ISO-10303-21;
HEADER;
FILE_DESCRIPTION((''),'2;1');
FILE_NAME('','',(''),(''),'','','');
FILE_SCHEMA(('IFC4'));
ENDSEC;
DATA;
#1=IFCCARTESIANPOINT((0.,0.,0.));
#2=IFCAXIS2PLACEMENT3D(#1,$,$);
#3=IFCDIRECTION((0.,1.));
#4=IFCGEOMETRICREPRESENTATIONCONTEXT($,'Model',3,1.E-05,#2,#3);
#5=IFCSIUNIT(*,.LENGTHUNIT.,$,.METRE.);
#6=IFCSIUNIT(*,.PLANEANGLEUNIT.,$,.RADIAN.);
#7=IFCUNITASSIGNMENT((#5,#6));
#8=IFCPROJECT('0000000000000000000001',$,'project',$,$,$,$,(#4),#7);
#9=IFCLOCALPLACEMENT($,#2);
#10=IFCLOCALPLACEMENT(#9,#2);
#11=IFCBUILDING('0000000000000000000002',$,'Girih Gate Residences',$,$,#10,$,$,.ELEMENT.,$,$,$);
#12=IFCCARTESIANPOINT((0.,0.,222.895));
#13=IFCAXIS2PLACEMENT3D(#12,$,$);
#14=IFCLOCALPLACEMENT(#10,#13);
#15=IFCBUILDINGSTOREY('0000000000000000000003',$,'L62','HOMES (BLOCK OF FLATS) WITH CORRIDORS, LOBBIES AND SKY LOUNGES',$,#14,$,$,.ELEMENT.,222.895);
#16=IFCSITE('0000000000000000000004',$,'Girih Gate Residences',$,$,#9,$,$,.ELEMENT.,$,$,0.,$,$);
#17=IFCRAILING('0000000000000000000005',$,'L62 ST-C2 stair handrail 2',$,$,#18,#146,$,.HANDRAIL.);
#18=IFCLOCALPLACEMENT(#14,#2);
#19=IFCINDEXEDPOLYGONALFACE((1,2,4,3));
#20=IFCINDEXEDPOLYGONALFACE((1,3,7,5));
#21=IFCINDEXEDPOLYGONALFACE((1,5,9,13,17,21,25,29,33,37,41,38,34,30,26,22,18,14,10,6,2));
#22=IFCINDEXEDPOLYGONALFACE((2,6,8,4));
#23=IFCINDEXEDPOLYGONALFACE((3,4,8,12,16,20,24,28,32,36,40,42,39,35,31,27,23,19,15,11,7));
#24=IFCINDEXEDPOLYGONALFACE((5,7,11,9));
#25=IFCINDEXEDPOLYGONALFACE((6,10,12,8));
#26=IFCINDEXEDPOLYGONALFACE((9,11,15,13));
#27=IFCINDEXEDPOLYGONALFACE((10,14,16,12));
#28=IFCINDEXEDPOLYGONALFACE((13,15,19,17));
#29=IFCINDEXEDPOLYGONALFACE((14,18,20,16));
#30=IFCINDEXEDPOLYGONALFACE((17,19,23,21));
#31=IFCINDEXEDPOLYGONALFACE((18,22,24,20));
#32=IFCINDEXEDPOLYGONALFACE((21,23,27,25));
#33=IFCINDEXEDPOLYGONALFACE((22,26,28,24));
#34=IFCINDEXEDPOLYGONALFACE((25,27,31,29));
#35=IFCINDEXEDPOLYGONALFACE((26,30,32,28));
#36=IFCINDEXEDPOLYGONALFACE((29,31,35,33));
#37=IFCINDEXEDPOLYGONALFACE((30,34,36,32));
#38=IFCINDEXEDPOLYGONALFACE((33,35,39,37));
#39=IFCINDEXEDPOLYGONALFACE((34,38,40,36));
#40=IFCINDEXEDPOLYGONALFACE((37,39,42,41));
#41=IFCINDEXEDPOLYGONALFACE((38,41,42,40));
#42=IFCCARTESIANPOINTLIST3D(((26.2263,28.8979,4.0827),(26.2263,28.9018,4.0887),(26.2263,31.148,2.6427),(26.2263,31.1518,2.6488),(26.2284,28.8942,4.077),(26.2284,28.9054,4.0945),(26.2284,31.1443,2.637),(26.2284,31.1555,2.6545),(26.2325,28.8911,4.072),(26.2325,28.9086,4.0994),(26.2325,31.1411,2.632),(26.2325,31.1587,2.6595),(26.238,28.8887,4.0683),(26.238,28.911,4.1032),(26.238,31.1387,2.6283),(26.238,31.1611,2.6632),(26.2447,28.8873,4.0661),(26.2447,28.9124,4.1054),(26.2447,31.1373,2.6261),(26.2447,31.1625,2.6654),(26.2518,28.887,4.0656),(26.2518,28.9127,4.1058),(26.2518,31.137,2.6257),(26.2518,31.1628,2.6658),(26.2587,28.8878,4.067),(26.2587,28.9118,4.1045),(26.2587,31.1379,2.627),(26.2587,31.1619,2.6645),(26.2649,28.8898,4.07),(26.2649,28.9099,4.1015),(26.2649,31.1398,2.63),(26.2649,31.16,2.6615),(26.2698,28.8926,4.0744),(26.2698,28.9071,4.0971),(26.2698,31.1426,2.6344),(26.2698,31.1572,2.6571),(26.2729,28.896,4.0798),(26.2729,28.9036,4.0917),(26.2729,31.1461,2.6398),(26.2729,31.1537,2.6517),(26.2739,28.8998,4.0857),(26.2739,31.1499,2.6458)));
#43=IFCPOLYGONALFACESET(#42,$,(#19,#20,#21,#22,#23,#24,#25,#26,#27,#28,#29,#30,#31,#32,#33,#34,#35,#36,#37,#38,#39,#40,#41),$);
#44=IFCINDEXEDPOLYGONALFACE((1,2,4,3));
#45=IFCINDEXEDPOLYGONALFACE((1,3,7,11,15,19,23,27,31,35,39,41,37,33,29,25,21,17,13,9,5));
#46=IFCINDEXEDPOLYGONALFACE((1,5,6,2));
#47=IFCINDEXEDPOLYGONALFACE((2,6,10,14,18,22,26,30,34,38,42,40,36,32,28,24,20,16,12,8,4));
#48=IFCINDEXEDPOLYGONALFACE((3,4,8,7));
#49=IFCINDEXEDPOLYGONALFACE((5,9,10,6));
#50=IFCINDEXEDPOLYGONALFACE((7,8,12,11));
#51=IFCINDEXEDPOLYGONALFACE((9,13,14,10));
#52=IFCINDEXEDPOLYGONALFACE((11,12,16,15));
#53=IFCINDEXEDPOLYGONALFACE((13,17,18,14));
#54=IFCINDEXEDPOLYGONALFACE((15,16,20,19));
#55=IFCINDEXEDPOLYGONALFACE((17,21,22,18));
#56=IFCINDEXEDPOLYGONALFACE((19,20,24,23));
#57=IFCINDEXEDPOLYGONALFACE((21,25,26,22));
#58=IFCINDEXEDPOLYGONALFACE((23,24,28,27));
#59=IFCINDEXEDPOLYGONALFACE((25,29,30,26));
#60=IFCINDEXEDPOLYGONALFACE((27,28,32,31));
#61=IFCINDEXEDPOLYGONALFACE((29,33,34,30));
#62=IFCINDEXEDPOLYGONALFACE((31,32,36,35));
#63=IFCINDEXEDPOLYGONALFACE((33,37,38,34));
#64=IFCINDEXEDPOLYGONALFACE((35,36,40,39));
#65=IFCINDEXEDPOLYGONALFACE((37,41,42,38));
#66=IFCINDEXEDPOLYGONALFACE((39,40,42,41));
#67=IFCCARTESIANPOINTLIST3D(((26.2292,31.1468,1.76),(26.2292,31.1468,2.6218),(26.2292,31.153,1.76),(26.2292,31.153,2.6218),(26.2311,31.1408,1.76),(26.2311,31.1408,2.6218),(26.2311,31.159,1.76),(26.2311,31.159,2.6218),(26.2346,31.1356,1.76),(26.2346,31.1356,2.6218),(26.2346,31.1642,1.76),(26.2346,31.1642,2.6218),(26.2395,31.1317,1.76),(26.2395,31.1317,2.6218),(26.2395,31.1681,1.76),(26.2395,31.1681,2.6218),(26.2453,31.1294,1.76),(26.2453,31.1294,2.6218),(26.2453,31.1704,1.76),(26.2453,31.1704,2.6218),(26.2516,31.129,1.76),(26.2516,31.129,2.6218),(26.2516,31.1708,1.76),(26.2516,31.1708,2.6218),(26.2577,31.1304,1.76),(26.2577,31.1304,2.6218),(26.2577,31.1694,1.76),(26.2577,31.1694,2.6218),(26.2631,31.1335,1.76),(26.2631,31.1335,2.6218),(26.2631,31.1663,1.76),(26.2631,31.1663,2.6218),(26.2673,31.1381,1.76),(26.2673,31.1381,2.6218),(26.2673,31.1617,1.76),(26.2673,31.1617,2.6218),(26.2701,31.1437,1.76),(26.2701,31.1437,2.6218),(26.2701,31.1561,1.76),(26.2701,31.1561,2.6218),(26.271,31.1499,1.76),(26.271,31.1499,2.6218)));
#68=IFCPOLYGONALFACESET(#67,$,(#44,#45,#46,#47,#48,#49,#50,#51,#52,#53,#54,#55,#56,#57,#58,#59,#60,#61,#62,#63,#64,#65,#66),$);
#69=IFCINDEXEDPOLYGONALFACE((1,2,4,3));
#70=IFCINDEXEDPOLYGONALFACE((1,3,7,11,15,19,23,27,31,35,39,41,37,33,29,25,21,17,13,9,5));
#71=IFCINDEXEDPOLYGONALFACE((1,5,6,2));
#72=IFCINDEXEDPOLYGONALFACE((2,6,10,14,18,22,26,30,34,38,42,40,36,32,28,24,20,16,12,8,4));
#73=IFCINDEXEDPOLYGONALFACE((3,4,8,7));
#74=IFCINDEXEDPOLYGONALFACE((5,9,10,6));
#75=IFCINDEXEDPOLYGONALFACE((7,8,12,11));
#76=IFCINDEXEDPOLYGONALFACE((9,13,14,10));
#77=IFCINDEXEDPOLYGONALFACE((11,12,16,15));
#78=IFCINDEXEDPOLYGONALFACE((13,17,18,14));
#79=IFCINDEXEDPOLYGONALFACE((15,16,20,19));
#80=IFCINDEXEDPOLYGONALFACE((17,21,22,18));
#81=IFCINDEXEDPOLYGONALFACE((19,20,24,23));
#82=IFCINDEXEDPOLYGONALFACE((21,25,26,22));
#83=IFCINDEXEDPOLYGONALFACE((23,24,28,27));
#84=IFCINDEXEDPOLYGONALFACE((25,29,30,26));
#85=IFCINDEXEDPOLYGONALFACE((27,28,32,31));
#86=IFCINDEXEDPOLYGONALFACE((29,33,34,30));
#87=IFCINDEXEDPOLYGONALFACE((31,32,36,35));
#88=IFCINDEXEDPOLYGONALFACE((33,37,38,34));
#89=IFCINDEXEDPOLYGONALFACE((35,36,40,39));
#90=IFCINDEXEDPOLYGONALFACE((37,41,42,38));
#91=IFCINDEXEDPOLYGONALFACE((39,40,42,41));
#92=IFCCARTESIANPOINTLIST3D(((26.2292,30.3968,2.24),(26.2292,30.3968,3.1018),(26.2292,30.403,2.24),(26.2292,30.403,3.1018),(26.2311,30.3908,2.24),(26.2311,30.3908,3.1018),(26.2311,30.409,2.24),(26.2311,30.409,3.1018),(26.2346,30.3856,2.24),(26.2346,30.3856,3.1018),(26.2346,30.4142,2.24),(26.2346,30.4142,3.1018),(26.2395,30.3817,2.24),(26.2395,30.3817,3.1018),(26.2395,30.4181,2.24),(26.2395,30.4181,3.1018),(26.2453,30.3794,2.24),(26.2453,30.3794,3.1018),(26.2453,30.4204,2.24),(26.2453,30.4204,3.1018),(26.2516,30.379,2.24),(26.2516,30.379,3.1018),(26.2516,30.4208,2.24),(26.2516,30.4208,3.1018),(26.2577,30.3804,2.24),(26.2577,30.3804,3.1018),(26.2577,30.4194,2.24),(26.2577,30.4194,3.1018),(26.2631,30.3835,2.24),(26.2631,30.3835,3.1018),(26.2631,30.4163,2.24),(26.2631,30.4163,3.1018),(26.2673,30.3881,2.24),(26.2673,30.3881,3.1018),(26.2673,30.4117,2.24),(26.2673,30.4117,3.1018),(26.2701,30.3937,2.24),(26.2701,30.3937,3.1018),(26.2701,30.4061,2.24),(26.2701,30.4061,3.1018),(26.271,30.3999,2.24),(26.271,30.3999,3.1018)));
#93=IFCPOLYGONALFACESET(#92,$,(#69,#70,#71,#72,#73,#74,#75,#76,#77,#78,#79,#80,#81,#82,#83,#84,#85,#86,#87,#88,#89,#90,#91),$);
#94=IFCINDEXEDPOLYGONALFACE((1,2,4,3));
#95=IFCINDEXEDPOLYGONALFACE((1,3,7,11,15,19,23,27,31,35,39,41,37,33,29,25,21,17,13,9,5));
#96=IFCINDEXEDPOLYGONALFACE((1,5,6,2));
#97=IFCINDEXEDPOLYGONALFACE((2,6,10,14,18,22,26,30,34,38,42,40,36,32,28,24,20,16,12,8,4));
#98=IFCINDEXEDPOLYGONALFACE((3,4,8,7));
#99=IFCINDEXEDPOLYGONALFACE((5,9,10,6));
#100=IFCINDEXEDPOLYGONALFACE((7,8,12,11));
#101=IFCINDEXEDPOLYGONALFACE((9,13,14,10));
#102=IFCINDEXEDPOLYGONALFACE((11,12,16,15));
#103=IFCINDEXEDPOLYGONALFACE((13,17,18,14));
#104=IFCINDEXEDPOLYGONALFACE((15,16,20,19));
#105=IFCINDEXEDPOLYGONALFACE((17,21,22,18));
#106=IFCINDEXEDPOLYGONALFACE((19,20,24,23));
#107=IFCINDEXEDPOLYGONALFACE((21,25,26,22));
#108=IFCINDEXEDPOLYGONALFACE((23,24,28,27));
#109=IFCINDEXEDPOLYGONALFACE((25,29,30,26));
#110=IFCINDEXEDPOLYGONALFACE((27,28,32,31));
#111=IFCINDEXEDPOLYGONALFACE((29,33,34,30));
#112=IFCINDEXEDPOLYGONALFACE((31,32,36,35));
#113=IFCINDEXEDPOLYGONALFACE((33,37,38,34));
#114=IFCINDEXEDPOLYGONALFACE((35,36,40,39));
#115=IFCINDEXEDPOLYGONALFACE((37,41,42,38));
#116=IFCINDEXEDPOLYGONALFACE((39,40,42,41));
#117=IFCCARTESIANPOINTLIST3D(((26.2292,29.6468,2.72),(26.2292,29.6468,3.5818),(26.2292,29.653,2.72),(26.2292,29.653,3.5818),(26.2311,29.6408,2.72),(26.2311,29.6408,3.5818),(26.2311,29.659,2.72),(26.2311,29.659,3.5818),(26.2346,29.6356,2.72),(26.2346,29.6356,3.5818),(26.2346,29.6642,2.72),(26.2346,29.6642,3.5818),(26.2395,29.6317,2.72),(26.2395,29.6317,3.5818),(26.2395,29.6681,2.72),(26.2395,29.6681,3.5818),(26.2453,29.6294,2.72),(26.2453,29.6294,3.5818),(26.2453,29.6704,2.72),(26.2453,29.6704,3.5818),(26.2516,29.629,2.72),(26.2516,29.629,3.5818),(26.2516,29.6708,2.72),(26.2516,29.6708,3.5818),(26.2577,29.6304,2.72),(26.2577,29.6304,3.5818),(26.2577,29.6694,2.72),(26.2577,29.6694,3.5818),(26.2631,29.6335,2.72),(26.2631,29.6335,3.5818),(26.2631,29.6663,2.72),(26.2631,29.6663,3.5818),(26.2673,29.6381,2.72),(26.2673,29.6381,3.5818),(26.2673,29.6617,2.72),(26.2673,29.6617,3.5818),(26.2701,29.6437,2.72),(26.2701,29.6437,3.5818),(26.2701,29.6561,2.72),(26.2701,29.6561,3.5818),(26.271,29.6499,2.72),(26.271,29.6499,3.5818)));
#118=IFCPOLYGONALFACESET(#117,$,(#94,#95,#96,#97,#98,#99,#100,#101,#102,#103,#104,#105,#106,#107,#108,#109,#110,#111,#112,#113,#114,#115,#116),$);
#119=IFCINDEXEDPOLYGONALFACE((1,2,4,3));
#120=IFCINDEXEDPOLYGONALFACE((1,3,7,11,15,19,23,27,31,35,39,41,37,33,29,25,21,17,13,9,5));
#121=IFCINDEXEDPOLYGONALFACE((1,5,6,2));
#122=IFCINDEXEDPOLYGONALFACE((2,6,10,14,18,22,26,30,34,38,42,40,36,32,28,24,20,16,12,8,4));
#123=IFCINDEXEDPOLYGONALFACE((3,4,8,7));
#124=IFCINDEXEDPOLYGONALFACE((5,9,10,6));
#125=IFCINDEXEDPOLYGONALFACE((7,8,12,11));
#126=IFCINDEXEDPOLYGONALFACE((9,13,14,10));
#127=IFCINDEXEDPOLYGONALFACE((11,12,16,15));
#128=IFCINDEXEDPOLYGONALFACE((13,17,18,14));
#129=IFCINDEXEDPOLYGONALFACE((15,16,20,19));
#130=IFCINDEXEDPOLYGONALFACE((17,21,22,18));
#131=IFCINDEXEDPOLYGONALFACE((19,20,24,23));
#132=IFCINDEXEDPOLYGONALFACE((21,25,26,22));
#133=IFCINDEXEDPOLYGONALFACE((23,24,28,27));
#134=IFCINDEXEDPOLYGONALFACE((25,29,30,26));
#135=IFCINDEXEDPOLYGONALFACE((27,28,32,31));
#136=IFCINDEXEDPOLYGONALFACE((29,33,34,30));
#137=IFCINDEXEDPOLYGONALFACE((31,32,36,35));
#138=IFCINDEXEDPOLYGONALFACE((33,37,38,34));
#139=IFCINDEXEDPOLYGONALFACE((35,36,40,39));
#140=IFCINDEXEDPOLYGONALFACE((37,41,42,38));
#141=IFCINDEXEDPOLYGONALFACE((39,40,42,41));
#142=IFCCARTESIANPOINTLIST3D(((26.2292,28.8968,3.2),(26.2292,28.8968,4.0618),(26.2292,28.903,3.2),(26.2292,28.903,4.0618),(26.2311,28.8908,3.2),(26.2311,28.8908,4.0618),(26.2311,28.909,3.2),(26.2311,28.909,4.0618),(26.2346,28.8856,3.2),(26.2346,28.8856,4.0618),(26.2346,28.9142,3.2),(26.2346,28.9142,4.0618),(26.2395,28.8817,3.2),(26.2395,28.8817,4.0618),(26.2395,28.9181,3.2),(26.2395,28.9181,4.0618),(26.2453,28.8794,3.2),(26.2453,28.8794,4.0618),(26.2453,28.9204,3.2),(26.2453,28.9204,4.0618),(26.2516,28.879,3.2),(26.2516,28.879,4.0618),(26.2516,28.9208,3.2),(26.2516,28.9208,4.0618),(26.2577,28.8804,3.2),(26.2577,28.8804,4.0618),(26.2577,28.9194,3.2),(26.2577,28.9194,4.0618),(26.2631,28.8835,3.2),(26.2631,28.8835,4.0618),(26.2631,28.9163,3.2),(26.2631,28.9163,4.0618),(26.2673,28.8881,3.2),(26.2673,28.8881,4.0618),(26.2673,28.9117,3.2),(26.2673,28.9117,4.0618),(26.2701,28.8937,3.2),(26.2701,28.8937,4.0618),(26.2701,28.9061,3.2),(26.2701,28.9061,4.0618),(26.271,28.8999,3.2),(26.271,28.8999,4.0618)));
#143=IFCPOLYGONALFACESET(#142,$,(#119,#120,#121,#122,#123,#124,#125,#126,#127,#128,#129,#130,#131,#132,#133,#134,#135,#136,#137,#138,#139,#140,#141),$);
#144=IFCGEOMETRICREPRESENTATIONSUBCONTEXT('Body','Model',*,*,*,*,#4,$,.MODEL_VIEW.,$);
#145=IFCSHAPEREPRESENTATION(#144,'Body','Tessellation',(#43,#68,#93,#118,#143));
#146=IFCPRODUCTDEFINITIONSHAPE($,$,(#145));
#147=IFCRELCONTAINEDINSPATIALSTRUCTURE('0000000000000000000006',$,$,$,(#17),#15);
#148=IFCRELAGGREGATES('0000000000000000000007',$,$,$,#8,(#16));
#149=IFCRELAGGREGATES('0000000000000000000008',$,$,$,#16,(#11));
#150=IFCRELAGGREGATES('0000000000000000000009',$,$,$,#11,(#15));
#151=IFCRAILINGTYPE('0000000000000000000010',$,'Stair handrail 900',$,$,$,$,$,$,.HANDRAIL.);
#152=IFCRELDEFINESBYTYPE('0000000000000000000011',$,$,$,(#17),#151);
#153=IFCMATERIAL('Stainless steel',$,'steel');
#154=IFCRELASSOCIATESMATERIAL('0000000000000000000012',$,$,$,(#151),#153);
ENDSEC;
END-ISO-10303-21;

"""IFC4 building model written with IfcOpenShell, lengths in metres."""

from ifc_helpers import new_model, si_unit, direction, frame, origin, origin_2d, place, context, subcontext, project, spatial, circle, extrude, material, type_object, element, save


model = new_model("IFC4")

# Units and contexts
model_context = context("Model", 3, precision=1e-05, world=origin(), true_north=direction((0.0, 1.0)))
body_context = subcontext(model_context, "Body", "Model", "MODEL_VIEW")
ifc_project = project(units=[si_unit("LENGTHUNIT", "METRE"), si_unit("PLANEANGLEUNIT", "RADIAN")], contexts=[model_context])

# Site, building, storey
site_placement = place(None, origin())
site = spatial("IfcSite", under=ifc_project, at=site_placement, Name="Girih Gate Residences", CompositionType="ELEMENT", RefElevation=0.0)
building_placement = place(site_placement, origin())
building = spatial("IfcBuilding", under=site, at=building_placement, Name="Girih Gate Residences", CompositionType="ELEMENT")
storey_placement = place(building_placement, frame((0.0, 0.0, 222.895)))
storey = spatial("IfcBuildingStorey", under=building, at=storey_placement, Name="L62", Description="HOMES (BLOCK OF FLATS) WITH CORRIDORS, LOBBIES AND SKY LOUNGES", CompositionType="ELEMENT", Elevation=222.895)

# Railing
ifc_material_1 = material(Name="Stainless steel", Category="steel")
railing_type_1 = type_object("IfcRailingType", Name="Stair handrail 900", PredefinedType="HANDRAIL", material=ifc_material_1)
railing_1_placement = place(storey_placement, frame((26.25, 31.1499, 1.76)))
element("IfcRailing", 1, at=railing_1_placement, inside=storey, type_object=railing_type_1, Name="L62 ST-C2 stair handrail 2", PredefinedType="HANDRAIL", context=body_context, shape_type="SweptSolid", body=[
    extrude(circle(Radius=0.0239, at=origin_2d()), frame((0.0, 0.0, 0.8857), z_axis=(0.0, -0.842281, 0.539038), x_axis=(1.0, 0.0, 0.0)), (0.0, 0.0, 1.0), 2.6714),
    extrude(circle(Radius=0.021, at=origin_2d()), origin(), (0.0, 0.0, 1.0), 0.8618),
    extrude(circle(Radius=0.021, at=origin_2d()), frame((0.0, -0.75, 0.48)), (0.0, 0.0, 1.0), 0.8618),
    extrude(circle(Radius=0.021, at=origin_2d()), frame((0.0, -1.5, 0.96)), (0.0, 0.0, 1.0), 0.8618),
    extrude(circle(Radius=0.021, at=origin_2d()), frame((0.0, -2.25, 1.4399)), (0.0, 0.0, 1.0), 0.8618),
])

save(model, "model.ifc")
